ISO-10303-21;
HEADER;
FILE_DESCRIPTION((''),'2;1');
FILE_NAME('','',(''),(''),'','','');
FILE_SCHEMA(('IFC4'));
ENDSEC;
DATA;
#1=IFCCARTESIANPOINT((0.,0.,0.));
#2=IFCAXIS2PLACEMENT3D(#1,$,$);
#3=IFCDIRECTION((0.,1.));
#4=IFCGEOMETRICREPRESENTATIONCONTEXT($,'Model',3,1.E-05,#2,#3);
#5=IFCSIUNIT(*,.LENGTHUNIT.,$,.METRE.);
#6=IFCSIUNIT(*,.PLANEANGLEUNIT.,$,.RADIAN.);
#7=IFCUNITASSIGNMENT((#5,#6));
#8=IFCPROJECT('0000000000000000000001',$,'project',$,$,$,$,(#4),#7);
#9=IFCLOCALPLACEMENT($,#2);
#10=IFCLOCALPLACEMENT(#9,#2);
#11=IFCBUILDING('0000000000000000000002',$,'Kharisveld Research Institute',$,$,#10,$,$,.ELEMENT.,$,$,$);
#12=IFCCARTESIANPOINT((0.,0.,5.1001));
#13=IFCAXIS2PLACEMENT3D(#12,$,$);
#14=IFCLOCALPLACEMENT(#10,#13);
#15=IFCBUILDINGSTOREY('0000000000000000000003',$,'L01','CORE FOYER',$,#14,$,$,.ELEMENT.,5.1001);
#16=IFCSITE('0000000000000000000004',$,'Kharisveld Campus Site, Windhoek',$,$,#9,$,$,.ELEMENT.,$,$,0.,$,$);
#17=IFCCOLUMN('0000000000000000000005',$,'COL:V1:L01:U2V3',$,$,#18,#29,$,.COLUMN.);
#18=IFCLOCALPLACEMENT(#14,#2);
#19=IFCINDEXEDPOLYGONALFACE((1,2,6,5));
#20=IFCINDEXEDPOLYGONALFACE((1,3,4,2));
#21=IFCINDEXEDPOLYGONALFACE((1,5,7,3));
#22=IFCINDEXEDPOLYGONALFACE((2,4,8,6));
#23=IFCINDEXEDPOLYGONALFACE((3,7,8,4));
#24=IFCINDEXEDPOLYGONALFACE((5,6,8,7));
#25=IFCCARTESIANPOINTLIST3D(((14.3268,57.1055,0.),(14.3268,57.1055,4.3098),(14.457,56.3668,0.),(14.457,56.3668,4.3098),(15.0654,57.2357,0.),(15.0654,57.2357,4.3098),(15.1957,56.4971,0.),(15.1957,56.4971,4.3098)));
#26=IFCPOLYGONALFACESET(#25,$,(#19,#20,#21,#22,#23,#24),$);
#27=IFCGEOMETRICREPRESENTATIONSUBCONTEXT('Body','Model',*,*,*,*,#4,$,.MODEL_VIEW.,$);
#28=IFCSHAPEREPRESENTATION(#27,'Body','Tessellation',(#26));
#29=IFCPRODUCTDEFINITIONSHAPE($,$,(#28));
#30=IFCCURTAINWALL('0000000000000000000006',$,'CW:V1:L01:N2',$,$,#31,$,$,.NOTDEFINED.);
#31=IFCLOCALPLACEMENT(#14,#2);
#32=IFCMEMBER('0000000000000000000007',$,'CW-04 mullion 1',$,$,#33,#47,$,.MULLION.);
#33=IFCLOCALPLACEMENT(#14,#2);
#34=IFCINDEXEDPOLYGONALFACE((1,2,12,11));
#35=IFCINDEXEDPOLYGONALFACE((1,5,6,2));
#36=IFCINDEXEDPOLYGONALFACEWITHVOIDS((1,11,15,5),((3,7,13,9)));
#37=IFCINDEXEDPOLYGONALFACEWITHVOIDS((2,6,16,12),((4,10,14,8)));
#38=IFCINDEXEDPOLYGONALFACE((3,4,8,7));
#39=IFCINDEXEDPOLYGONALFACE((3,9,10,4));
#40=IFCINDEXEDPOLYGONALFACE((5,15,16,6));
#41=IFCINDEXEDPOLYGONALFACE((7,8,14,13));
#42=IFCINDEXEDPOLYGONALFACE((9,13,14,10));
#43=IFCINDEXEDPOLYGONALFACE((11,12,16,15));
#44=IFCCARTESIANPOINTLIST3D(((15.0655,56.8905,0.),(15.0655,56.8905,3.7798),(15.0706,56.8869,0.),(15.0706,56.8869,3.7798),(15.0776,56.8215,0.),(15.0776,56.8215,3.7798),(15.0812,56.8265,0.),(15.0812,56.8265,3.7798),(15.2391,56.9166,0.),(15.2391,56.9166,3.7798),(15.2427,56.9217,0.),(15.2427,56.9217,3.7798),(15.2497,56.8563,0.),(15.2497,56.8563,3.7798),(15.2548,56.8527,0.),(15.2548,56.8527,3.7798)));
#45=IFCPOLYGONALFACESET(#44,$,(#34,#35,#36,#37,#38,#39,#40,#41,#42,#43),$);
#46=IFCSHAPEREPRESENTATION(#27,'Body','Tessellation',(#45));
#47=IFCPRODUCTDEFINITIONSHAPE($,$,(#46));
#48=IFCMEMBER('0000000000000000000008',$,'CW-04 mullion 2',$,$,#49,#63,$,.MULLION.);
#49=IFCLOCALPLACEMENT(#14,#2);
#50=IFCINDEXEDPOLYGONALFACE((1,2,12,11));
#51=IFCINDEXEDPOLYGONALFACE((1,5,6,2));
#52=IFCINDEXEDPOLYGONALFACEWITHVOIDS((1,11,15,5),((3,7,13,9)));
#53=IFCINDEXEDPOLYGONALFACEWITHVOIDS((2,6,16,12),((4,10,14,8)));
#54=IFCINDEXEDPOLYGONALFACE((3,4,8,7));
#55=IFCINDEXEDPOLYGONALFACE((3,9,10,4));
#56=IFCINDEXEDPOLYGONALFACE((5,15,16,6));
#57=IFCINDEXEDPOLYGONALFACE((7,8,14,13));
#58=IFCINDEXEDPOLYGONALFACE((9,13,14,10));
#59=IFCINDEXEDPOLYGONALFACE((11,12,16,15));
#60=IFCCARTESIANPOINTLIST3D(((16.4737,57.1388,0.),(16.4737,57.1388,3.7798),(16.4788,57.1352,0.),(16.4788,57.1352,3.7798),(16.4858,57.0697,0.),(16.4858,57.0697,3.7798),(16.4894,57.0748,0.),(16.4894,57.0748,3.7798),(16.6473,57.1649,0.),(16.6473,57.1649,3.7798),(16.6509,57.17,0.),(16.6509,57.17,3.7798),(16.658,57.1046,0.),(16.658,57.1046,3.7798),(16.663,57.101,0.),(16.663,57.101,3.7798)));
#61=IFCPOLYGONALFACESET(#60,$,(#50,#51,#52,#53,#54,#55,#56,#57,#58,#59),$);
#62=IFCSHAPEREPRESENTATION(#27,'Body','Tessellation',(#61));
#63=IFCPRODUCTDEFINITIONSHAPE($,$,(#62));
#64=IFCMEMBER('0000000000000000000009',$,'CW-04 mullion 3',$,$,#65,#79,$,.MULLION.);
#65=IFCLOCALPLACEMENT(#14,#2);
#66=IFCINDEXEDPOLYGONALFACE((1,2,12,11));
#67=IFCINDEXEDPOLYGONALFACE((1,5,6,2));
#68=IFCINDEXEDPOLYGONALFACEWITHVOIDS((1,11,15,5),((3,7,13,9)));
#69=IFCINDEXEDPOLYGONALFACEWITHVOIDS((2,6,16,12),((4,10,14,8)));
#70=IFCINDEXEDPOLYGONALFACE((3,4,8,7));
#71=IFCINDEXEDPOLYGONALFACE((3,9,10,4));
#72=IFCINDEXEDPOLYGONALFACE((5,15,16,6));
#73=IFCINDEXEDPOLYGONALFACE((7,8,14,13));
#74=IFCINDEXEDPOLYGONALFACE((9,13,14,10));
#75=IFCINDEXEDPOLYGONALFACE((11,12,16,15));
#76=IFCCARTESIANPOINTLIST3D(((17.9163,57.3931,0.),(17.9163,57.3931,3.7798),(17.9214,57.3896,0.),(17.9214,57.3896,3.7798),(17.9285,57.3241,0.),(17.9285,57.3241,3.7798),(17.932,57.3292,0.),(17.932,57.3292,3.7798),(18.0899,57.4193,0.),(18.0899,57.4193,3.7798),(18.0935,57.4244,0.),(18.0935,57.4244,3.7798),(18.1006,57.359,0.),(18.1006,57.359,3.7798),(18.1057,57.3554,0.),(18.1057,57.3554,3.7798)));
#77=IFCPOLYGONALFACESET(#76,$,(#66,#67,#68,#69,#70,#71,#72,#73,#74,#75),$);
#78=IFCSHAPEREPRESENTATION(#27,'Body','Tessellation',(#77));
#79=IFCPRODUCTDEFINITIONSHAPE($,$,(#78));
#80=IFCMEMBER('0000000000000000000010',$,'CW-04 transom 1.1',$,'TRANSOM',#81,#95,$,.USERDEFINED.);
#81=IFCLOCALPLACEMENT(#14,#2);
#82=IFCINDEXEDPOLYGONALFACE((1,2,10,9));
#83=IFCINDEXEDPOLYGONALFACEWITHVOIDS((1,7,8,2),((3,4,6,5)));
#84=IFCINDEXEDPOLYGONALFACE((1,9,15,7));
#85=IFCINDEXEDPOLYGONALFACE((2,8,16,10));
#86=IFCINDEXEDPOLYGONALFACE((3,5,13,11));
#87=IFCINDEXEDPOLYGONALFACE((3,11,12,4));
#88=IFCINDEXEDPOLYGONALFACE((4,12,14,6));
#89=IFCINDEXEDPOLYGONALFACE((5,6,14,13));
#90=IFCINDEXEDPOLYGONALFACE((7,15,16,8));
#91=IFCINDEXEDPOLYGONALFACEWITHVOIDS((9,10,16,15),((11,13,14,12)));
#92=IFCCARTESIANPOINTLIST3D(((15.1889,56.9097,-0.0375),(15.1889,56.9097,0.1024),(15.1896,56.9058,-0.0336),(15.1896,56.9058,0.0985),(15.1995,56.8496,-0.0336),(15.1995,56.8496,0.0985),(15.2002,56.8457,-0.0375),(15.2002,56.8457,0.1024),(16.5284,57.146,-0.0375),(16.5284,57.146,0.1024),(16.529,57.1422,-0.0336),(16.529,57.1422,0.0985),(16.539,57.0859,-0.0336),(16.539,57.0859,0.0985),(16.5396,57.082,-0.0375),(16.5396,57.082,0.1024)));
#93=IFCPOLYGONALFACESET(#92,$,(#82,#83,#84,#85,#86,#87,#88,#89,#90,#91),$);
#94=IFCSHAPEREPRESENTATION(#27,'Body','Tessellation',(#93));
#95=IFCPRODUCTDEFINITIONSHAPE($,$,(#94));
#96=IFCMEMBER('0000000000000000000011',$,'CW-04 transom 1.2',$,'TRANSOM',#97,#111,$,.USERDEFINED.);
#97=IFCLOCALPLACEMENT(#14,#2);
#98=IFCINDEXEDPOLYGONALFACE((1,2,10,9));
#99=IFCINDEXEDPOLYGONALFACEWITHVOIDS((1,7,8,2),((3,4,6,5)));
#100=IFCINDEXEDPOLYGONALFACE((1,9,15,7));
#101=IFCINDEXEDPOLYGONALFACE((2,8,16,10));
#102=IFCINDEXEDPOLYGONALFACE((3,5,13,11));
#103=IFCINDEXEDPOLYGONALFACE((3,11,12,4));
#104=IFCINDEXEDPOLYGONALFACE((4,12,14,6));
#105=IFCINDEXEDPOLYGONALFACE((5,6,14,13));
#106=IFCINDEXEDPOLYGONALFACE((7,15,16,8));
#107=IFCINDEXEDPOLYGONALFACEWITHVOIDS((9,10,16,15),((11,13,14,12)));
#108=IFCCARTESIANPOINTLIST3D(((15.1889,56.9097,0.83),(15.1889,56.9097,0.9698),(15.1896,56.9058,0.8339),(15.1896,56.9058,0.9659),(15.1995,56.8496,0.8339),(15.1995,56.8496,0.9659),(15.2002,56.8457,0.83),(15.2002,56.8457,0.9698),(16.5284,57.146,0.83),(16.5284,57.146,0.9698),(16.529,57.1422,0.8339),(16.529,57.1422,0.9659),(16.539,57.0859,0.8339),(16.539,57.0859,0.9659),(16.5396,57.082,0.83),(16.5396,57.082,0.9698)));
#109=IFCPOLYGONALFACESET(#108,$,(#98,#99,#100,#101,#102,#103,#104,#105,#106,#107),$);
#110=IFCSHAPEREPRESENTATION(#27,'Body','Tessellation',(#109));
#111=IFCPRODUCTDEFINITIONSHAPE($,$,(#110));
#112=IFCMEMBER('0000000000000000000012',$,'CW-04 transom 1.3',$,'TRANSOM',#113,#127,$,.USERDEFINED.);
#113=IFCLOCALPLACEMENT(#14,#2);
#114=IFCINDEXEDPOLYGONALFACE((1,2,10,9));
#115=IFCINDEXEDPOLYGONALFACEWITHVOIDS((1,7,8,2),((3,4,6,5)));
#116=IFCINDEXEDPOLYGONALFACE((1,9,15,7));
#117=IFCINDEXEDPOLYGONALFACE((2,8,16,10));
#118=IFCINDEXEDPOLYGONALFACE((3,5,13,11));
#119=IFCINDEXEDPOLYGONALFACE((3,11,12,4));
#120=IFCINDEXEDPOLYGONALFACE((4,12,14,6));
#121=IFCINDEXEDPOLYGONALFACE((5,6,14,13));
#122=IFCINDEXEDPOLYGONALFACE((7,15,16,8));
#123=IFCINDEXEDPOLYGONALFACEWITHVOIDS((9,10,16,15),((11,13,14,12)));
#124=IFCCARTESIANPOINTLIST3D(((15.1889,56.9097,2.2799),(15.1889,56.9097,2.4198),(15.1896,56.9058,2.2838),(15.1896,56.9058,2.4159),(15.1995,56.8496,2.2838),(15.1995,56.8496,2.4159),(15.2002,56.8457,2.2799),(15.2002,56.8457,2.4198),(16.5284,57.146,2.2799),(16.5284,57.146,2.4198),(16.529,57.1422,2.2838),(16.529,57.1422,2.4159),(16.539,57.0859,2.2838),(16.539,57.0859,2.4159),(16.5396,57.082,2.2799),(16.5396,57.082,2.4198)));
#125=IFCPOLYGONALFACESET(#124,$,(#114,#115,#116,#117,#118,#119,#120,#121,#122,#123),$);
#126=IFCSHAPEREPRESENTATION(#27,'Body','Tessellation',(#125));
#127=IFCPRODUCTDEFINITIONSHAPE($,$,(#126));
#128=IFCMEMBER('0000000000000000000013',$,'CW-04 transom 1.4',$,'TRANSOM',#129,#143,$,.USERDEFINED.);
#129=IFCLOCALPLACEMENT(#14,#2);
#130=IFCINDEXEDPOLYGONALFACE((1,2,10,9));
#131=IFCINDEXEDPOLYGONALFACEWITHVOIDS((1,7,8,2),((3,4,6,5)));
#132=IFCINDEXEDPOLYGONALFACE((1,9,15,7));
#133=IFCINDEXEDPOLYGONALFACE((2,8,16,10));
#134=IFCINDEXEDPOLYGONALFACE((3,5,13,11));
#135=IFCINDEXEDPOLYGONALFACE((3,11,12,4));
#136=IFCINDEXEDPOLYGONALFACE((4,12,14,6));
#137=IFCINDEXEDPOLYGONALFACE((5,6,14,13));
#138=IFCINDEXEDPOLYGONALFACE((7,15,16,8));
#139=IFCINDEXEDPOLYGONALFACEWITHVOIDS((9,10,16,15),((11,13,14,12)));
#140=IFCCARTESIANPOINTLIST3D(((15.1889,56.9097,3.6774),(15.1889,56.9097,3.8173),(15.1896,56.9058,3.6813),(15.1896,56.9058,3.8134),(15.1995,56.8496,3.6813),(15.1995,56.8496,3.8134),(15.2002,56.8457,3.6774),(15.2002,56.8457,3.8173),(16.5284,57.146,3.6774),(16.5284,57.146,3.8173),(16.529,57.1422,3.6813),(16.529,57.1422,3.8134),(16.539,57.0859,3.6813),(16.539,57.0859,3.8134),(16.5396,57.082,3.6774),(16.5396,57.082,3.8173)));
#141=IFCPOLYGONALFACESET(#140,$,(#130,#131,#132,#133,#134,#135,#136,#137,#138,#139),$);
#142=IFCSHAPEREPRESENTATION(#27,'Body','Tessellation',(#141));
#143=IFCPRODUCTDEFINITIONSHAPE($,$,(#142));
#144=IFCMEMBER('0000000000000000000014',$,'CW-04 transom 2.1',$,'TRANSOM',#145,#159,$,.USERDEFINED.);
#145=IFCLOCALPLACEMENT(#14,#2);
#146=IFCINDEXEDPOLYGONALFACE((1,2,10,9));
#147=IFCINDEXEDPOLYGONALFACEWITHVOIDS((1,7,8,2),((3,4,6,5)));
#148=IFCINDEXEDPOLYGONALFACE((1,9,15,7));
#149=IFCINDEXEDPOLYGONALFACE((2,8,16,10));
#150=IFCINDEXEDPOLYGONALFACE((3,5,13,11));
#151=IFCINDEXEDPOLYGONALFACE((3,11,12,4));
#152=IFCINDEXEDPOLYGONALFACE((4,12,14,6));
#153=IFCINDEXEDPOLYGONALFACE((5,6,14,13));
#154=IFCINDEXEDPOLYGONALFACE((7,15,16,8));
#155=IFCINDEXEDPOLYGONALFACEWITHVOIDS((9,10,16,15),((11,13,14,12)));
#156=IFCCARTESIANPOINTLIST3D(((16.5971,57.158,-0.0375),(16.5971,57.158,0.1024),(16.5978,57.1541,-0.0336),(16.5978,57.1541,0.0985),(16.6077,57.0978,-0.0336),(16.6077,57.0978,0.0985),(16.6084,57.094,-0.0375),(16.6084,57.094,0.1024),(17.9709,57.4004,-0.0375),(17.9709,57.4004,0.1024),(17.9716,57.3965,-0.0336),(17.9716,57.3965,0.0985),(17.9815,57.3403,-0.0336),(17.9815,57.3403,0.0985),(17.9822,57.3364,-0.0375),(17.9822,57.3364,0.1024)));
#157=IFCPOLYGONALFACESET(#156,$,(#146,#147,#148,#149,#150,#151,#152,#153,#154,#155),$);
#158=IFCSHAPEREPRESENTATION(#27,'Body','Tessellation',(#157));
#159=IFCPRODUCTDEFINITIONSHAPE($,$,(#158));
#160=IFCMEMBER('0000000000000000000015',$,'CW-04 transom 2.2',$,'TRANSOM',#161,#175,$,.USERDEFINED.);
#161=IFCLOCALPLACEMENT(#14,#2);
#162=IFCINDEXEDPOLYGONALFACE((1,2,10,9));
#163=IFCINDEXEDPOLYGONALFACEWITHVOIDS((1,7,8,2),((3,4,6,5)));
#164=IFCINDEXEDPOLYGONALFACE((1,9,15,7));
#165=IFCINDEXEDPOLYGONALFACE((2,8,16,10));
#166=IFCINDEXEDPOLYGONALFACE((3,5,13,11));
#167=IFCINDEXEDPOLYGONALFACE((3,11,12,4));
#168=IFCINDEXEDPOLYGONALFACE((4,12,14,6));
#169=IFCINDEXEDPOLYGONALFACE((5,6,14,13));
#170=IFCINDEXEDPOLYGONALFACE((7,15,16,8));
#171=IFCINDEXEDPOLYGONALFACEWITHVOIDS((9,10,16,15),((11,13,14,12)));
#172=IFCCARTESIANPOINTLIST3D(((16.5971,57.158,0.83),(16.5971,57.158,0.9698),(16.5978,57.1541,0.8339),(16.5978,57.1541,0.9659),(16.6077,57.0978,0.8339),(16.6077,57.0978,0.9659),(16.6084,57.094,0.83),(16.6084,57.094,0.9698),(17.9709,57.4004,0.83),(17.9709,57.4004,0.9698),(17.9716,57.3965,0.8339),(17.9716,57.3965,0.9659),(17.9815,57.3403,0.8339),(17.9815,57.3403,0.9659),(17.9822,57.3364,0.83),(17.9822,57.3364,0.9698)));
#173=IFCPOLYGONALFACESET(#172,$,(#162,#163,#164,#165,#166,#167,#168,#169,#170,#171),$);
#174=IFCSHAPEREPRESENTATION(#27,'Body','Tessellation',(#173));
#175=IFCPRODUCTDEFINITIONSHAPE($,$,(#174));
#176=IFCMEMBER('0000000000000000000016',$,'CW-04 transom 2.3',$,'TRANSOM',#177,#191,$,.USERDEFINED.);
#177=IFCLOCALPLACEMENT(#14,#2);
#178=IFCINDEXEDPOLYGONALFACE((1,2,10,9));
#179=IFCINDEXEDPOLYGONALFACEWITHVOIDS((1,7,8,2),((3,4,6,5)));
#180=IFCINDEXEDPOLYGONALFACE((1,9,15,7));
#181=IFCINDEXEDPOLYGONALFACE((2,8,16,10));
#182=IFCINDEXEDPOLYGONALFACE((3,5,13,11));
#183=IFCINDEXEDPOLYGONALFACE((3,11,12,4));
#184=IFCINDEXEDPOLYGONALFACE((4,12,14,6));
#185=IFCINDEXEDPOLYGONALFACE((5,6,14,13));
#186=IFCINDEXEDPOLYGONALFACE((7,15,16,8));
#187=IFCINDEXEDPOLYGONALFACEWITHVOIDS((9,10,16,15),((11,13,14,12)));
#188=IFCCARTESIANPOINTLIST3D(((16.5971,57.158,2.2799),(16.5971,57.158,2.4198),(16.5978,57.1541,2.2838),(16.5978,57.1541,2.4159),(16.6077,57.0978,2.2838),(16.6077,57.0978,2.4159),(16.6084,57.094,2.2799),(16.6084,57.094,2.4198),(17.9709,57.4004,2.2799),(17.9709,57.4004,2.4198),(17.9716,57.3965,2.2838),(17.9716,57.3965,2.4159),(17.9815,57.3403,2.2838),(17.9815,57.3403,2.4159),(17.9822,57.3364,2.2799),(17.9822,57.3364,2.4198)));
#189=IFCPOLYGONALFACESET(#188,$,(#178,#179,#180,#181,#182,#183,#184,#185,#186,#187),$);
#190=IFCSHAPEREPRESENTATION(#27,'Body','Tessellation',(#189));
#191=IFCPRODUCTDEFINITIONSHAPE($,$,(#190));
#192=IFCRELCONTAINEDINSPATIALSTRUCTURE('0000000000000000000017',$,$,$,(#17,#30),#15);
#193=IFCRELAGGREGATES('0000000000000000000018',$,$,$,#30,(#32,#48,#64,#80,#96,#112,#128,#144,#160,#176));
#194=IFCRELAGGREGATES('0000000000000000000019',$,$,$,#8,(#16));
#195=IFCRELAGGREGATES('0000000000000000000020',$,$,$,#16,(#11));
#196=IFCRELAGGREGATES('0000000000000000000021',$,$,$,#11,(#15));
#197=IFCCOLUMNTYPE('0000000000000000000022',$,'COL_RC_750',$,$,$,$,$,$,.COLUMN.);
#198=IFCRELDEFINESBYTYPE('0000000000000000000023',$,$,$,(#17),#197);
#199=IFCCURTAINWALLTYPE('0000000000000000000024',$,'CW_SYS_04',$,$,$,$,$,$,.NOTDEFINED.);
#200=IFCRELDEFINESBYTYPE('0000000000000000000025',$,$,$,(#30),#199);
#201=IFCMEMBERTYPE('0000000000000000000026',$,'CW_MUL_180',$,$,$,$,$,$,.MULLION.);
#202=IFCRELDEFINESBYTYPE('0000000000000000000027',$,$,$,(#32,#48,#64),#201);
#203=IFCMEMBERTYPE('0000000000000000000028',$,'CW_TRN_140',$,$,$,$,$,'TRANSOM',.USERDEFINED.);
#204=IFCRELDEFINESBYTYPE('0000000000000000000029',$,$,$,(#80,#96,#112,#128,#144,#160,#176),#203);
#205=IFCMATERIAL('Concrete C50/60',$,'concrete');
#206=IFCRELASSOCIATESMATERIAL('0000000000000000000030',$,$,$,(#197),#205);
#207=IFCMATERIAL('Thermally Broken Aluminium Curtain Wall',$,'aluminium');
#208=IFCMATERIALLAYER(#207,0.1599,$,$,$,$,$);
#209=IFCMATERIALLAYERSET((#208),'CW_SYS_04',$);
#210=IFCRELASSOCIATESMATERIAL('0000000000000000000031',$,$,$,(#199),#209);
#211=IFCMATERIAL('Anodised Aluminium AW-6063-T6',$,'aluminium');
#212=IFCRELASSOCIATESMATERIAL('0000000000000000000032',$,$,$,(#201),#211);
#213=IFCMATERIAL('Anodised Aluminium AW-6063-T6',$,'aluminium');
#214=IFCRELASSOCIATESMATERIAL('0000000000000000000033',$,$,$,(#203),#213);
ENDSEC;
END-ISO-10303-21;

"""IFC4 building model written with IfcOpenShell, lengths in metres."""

from ifc_helpers import new_model, si_unit, direction, frame, origin, origin_2d, place, context, subcontext, project, spatial, rectangle, hollow_rectangle, extrude, material, layer, layer_set, material_profile, profile_set, type_object, element, aggregate, save


model = new_model("IFC4")

# Units and contexts
model_context = context("Model", 3, precision=1e-05, world=origin(), true_north=direction((0.0, 1.0)))
body_context = subcontext(model_context, "Body", "Model", "MODEL_VIEW")
ifc_project = project(units=[si_unit("LENGTHUNIT", "METRE"), si_unit("PLANEANGLEUNIT", "RADIAN")], contexts=[model_context])

# Site, building, storey
site_placement = place(None, origin())
site = spatial("IfcSite", under=ifc_project, at=site_placement, Name="Kharisveld Campus Site, Windhoek", CompositionType="ELEMENT", RefElevation=0.0)
building_placement = place(site_placement, origin())
building = spatial("IfcBuilding", under=site, at=building_placement, Name="Kharisveld Research Institute", CompositionType="ELEMENT")
storey_placement = place(building_placement, frame((0.0, 0.0, 5.1001)))
storey = spatial("IfcBuildingStorey", under=building, at=storey_placement, Name="L01", Description="CORE FOYER", CompositionType="ELEMENT", Elevation=5.1001)

# Column
ifc_material_1 = material(Name="Concrete C50/60", Category="concrete")
ifc_material_profile_1 = material_profile(ifc_material_1, rectangle(XDim=0.75, YDim=0.75, at=origin_2d()))
ifc_profile_set_1 = profile_set([ifc_material_profile_1], Name="Concrete C50/60")
column_type = type_object("IfcColumnType", Name="COL_RC_750", PredefinedType="COLUMN", material=ifc_profile_set_1)
column_placement = place(storey_placement, frame((14.7612, 56.8013, 0.0), z_axis=(0.0, 0.0, 1.0), x_axis=(0.984808, 0.173648, 0.0)))
element("IfcColumn", 1, at=column_placement, inside=storey, type_object=column_type, Name="COL:V1:L01:U2V3", PredefinedType="COLUMN", context=body_context, shape_type="SweptSolid", body=[
    extrude(rectangle(XDim=0.75, YDim=0.75, at=origin_2d()), origin(), (0.0, 0.0, 1.0), 4.3098),
])

# Curtain wall, members
ifc_material_2 = material(Name="Thermally Broken Aluminium Curtain Wall", Category="aluminium")
ifc_layer_1 = layer(ifc_material_2, 0.1599)
ifc_layer_set_1 = layer_set([ifc_layer_1], Name="CW_SYS_04")
curtain_wall_type = type_object("IfcCurtainWallType", Name="CW_SYS_04", PredefinedType="NOTDEFINED", material=ifc_layer_set_1)
curtain_wall_placement = place(storey_placement, origin())
curtain_wall = element("IfcCurtainWall", 2, at=curtain_wall_placement, inside=storey, type_object=curtain_wall_type, Name="CW:V1:L01:N2", PredefinedType="NOTDEFINED")
ifc_material_3 = material(Name="Anodised Aluminium AW-6063-T6", Category="aluminium")
ifc_material_profile_2 = material_profile(ifc_material_3, hollow_rectangle(XDim=0.0701, YDim=0.1799, WallThickness=0.0044, at=origin_2d()))
ifc_profile_set_2 = profile_set([ifc_material_profile_2], Name="Anodised Aluminium AW-6063-T6")
member_type_1 = type_object("IfcMemberType", Name="CW_MUL_180", PredefinedType="MULLION", material=ifc_profile_set_2)
member_1_placement = place(storey_placement, frame((15.1602, 56.8716, 0.0), z_axis=(0.0, 0.0, 1.0), x_axis=(-0.173648, 0.984808, 0.0)))
member_1 = element("IfcMember", 3, at=member_1_placement, type_object=member_type_1, Name="CW-04 mullion 1", PredefinedType="MULLION", context=body_context, shape_type="SweptSolid", body=[
    extrude(hollow_rectangle(XDim=0.0701, YDim=0.1799, WallThickness=0.0044, at=origin_2d()), origin(), (0.0, 0.0, 1.0), 3.7798),
])
member_2_placement = place(storey_placement, frame((16.5684, 57.1199, 0.0), z_axis=(0.0, 0.0, 1.0), x_axis=(-0.173648, 0.984808, 0.0)))
member_2 = element("IfcMember", 4, at=member_2_placement, type_object=member_type_1, Name="CW-04 mullion 2", PredefinedType="MULLION", context=body_context, shape_type="SweptSolid", body=[
    extrude(hollow_rectangle(XDim=0.0701, YDim=0.1799, WallThickness=0.0044, at=origin_2d()), origin(), (0.0, 0.0, 1.0), 3.7798),
])
member_3_placement = place(storey_placement, frame((18.011, 57.3743, 0.0), z_axis=(0.0, 0.0, 1.0), x_axis=(-0.173648, 0.984808, 0.0)))
member_3 = element("IfcMember", 5, at=member_3_placement, type_object=member_type_1, Name="CW-04 mullion 3", PredefinedType="MULLION", context=body_context, shape_type="SweptSolid", body=[
    extrude(hollow_rectangle(XDim=0.0701, YDim=0.1799, WallThickness=0.0044, at=origin_2d()), origin(), (0.0, 0.0, 1.0), 3.7798),
])
ifc_material_4 = material(Name="Anodised Aluminium AW-6063-T6", Category="aluminium")
ifc_material_profile_3 = material_profile(ifc_material_4, hollow_rectangle(XDim=0.0649, YDim=0.1399, WallThickness=0.0039, at=origin_2d()))
ifc_profile_set_3 = profile_set([ifc_material_profile_3], Name="Anodised Aluminium AW-6063-T6")
member_type_2 = type_object("IfcMemberType", Name="CW_TRN_140", ElementType="TRANSOM", PredefinedType="USERDEFINED", material=ifc_profile_set_3)
member_4_placement = place(storey_placement, frame((15.1946, 56.8777, 0.0325), z_axis=(0.984787, 0.173765, 0.0), x_axis=(-0.173765, 0.984787, 0.0)))
member_4 = element("IfcMember", 6, at=member_4_placement, type_object=member_type_2, Name="CW-04 transom 1.1", ObjectType="TRANSOM", PredefinedType="USERDEFINED", context=body_context, shape_type="SweptSolid", body=[
    extrude(hollow_rectangle(XDim=0.0649, YDim=0.1399, WallThickness=0.0039, at=origin_2d()), origin(), (0.0, 0.0, 1.0), 1.3601),
])
member_5_placement = place(storey_placement, frame((15.1946, 56.8777, 0.8999), z_axis=(0.984787, 0.173765, 0.0), x_axis=(-0.173765, 0.984787, 0.0)))
member_5 = element("IfcMember", 7, at=member_5_placement, type_object=member_type_2, Name="CW-04 transom 1.2", ObjectType="TRANSOM", PredefinedType="USERDEFINED", context=body_context, shape_type="SweptSolid", body=[
    extrude(hollow_rectangle(XDim=0.0649, YDim=0.1399, WallThickness=0.0039, at=origin_2d()), origin(), (0.0, 0.0, 1.0), 1.3601),
])
member_6_placement = place(storey_placement, frame((15.1946, 56.8777, 2.3499), z_axis=(0.984787, 0.173765, 0.0), x_axis=(-0.173765, 0.984787, 0.0)))
member_6 = element("IfcMember", 8, at=member_6_placement, type_object=member_type_2, Name="CW-04 transom 1.3", ObjectType="TRANSOM", PredefinedType="USERDEFINED", context=body_context, shape_type="SweptSolid", body=[
    extrude(hollow_rectangle(XDim=0.0649, YDim=0.1399, WallThickness=0.0039, at=origin_2d()), origin(), (0.0, 0.0, 1.0), 1.3601),
])
member_7_placement = place(storey_placement, frame((15.1946, 56.8777, 3.7473), z_axis=(0.984787, 0.173765, 0.0), x_axis=(-0.173765, 0.984787, 0.0)))
member_7 = element("IfcMember", 9, at=member_7_placement, type_object=member_type_2, Name="CW-04 transom 1.4", ObjectType="TRANSOM", PredefinedType="USERDEFINED", context=body_context, shape_type="SweptSolid", body=[
    extrude(hollow_rectangle(XDim=0.0649, YDim=0.1399, WallThickness=0.0039, at=origin_2d()), origin(), (0.0, 0.0, 1.0), 1.3601),
])
member_8_placement = place(storey_placement, frame((16.6028, 57.126, 0.0325), z_axis=(0.984784, 0.173785, 0.0), x_axis=(-0.173785, 0.984784, 0.0)))
member_8 = element("IfcMember", 10, at=member_8_placement, type_object=member_type_2, Name="CW-04 transom 2.1", ObjectType="TRANSOM", PredefinedType="USERDEFINED", context=body_context, shape_type="SweptSolid", body=[
    extrude(hollow_rectangle(XDim=0.0649, YDim=0.1399, WallThickness=0.0039, at=origin_2d()), origin(), (0.0, 0.0, 1.0), 1.395),
])
member_9_placement = place(storey_placement, frame((16.6028, 57.126, 0.8999), z_axis=(0.984784, 0.173785, 0.0), x_axis=(-0.173785, 0.984784, 0.0)))
member_9 = element("IfcMember", 11, at=member_9_placement, type_object=member_type_2, Name="CW-04 transom 2.2", ObjectType="TRANSOM", PredefinedType="USERDEFINED", context=body_context, shape_type="SweptSolid", body=[
    extrude(hollow_rectangle(XDim=0.0649, YDim=0.1399, WallThickness=0.0039, at=origin_2d()), origin(), (0.0, 0.0, 1.0), 1.395),
])
member_10_placement = place(storey_placement, frame((16.6028, 57.126, 2.3499), z_axis=(0.984784, 0.173785, 0.0), x_axis=(-0.173785, 0.984784, 0.0)))
member_10 = element("IfcMember", 12, at=member_10_placement, type_object=member_type_2, Name="CW-04 transom 2.3", ObjectType="TRANSOM", PredefinedType="USERDEFINED", context=body_context, shape_type="SweptSolid", body=[
    extrude(hollow_rectangle(XDim=0.0649, YDim=0.1399, WallThickness=0.0039, at=origin_2d()), origin(), (0.0, 0.0, 1.0), 1.395),
])

aggregate(curtain_wall, [member_1, member_2, member_3, member_4, member_5, member_6, member_7, member_8, member_9, member_10])

save(model, "model.ifc")
